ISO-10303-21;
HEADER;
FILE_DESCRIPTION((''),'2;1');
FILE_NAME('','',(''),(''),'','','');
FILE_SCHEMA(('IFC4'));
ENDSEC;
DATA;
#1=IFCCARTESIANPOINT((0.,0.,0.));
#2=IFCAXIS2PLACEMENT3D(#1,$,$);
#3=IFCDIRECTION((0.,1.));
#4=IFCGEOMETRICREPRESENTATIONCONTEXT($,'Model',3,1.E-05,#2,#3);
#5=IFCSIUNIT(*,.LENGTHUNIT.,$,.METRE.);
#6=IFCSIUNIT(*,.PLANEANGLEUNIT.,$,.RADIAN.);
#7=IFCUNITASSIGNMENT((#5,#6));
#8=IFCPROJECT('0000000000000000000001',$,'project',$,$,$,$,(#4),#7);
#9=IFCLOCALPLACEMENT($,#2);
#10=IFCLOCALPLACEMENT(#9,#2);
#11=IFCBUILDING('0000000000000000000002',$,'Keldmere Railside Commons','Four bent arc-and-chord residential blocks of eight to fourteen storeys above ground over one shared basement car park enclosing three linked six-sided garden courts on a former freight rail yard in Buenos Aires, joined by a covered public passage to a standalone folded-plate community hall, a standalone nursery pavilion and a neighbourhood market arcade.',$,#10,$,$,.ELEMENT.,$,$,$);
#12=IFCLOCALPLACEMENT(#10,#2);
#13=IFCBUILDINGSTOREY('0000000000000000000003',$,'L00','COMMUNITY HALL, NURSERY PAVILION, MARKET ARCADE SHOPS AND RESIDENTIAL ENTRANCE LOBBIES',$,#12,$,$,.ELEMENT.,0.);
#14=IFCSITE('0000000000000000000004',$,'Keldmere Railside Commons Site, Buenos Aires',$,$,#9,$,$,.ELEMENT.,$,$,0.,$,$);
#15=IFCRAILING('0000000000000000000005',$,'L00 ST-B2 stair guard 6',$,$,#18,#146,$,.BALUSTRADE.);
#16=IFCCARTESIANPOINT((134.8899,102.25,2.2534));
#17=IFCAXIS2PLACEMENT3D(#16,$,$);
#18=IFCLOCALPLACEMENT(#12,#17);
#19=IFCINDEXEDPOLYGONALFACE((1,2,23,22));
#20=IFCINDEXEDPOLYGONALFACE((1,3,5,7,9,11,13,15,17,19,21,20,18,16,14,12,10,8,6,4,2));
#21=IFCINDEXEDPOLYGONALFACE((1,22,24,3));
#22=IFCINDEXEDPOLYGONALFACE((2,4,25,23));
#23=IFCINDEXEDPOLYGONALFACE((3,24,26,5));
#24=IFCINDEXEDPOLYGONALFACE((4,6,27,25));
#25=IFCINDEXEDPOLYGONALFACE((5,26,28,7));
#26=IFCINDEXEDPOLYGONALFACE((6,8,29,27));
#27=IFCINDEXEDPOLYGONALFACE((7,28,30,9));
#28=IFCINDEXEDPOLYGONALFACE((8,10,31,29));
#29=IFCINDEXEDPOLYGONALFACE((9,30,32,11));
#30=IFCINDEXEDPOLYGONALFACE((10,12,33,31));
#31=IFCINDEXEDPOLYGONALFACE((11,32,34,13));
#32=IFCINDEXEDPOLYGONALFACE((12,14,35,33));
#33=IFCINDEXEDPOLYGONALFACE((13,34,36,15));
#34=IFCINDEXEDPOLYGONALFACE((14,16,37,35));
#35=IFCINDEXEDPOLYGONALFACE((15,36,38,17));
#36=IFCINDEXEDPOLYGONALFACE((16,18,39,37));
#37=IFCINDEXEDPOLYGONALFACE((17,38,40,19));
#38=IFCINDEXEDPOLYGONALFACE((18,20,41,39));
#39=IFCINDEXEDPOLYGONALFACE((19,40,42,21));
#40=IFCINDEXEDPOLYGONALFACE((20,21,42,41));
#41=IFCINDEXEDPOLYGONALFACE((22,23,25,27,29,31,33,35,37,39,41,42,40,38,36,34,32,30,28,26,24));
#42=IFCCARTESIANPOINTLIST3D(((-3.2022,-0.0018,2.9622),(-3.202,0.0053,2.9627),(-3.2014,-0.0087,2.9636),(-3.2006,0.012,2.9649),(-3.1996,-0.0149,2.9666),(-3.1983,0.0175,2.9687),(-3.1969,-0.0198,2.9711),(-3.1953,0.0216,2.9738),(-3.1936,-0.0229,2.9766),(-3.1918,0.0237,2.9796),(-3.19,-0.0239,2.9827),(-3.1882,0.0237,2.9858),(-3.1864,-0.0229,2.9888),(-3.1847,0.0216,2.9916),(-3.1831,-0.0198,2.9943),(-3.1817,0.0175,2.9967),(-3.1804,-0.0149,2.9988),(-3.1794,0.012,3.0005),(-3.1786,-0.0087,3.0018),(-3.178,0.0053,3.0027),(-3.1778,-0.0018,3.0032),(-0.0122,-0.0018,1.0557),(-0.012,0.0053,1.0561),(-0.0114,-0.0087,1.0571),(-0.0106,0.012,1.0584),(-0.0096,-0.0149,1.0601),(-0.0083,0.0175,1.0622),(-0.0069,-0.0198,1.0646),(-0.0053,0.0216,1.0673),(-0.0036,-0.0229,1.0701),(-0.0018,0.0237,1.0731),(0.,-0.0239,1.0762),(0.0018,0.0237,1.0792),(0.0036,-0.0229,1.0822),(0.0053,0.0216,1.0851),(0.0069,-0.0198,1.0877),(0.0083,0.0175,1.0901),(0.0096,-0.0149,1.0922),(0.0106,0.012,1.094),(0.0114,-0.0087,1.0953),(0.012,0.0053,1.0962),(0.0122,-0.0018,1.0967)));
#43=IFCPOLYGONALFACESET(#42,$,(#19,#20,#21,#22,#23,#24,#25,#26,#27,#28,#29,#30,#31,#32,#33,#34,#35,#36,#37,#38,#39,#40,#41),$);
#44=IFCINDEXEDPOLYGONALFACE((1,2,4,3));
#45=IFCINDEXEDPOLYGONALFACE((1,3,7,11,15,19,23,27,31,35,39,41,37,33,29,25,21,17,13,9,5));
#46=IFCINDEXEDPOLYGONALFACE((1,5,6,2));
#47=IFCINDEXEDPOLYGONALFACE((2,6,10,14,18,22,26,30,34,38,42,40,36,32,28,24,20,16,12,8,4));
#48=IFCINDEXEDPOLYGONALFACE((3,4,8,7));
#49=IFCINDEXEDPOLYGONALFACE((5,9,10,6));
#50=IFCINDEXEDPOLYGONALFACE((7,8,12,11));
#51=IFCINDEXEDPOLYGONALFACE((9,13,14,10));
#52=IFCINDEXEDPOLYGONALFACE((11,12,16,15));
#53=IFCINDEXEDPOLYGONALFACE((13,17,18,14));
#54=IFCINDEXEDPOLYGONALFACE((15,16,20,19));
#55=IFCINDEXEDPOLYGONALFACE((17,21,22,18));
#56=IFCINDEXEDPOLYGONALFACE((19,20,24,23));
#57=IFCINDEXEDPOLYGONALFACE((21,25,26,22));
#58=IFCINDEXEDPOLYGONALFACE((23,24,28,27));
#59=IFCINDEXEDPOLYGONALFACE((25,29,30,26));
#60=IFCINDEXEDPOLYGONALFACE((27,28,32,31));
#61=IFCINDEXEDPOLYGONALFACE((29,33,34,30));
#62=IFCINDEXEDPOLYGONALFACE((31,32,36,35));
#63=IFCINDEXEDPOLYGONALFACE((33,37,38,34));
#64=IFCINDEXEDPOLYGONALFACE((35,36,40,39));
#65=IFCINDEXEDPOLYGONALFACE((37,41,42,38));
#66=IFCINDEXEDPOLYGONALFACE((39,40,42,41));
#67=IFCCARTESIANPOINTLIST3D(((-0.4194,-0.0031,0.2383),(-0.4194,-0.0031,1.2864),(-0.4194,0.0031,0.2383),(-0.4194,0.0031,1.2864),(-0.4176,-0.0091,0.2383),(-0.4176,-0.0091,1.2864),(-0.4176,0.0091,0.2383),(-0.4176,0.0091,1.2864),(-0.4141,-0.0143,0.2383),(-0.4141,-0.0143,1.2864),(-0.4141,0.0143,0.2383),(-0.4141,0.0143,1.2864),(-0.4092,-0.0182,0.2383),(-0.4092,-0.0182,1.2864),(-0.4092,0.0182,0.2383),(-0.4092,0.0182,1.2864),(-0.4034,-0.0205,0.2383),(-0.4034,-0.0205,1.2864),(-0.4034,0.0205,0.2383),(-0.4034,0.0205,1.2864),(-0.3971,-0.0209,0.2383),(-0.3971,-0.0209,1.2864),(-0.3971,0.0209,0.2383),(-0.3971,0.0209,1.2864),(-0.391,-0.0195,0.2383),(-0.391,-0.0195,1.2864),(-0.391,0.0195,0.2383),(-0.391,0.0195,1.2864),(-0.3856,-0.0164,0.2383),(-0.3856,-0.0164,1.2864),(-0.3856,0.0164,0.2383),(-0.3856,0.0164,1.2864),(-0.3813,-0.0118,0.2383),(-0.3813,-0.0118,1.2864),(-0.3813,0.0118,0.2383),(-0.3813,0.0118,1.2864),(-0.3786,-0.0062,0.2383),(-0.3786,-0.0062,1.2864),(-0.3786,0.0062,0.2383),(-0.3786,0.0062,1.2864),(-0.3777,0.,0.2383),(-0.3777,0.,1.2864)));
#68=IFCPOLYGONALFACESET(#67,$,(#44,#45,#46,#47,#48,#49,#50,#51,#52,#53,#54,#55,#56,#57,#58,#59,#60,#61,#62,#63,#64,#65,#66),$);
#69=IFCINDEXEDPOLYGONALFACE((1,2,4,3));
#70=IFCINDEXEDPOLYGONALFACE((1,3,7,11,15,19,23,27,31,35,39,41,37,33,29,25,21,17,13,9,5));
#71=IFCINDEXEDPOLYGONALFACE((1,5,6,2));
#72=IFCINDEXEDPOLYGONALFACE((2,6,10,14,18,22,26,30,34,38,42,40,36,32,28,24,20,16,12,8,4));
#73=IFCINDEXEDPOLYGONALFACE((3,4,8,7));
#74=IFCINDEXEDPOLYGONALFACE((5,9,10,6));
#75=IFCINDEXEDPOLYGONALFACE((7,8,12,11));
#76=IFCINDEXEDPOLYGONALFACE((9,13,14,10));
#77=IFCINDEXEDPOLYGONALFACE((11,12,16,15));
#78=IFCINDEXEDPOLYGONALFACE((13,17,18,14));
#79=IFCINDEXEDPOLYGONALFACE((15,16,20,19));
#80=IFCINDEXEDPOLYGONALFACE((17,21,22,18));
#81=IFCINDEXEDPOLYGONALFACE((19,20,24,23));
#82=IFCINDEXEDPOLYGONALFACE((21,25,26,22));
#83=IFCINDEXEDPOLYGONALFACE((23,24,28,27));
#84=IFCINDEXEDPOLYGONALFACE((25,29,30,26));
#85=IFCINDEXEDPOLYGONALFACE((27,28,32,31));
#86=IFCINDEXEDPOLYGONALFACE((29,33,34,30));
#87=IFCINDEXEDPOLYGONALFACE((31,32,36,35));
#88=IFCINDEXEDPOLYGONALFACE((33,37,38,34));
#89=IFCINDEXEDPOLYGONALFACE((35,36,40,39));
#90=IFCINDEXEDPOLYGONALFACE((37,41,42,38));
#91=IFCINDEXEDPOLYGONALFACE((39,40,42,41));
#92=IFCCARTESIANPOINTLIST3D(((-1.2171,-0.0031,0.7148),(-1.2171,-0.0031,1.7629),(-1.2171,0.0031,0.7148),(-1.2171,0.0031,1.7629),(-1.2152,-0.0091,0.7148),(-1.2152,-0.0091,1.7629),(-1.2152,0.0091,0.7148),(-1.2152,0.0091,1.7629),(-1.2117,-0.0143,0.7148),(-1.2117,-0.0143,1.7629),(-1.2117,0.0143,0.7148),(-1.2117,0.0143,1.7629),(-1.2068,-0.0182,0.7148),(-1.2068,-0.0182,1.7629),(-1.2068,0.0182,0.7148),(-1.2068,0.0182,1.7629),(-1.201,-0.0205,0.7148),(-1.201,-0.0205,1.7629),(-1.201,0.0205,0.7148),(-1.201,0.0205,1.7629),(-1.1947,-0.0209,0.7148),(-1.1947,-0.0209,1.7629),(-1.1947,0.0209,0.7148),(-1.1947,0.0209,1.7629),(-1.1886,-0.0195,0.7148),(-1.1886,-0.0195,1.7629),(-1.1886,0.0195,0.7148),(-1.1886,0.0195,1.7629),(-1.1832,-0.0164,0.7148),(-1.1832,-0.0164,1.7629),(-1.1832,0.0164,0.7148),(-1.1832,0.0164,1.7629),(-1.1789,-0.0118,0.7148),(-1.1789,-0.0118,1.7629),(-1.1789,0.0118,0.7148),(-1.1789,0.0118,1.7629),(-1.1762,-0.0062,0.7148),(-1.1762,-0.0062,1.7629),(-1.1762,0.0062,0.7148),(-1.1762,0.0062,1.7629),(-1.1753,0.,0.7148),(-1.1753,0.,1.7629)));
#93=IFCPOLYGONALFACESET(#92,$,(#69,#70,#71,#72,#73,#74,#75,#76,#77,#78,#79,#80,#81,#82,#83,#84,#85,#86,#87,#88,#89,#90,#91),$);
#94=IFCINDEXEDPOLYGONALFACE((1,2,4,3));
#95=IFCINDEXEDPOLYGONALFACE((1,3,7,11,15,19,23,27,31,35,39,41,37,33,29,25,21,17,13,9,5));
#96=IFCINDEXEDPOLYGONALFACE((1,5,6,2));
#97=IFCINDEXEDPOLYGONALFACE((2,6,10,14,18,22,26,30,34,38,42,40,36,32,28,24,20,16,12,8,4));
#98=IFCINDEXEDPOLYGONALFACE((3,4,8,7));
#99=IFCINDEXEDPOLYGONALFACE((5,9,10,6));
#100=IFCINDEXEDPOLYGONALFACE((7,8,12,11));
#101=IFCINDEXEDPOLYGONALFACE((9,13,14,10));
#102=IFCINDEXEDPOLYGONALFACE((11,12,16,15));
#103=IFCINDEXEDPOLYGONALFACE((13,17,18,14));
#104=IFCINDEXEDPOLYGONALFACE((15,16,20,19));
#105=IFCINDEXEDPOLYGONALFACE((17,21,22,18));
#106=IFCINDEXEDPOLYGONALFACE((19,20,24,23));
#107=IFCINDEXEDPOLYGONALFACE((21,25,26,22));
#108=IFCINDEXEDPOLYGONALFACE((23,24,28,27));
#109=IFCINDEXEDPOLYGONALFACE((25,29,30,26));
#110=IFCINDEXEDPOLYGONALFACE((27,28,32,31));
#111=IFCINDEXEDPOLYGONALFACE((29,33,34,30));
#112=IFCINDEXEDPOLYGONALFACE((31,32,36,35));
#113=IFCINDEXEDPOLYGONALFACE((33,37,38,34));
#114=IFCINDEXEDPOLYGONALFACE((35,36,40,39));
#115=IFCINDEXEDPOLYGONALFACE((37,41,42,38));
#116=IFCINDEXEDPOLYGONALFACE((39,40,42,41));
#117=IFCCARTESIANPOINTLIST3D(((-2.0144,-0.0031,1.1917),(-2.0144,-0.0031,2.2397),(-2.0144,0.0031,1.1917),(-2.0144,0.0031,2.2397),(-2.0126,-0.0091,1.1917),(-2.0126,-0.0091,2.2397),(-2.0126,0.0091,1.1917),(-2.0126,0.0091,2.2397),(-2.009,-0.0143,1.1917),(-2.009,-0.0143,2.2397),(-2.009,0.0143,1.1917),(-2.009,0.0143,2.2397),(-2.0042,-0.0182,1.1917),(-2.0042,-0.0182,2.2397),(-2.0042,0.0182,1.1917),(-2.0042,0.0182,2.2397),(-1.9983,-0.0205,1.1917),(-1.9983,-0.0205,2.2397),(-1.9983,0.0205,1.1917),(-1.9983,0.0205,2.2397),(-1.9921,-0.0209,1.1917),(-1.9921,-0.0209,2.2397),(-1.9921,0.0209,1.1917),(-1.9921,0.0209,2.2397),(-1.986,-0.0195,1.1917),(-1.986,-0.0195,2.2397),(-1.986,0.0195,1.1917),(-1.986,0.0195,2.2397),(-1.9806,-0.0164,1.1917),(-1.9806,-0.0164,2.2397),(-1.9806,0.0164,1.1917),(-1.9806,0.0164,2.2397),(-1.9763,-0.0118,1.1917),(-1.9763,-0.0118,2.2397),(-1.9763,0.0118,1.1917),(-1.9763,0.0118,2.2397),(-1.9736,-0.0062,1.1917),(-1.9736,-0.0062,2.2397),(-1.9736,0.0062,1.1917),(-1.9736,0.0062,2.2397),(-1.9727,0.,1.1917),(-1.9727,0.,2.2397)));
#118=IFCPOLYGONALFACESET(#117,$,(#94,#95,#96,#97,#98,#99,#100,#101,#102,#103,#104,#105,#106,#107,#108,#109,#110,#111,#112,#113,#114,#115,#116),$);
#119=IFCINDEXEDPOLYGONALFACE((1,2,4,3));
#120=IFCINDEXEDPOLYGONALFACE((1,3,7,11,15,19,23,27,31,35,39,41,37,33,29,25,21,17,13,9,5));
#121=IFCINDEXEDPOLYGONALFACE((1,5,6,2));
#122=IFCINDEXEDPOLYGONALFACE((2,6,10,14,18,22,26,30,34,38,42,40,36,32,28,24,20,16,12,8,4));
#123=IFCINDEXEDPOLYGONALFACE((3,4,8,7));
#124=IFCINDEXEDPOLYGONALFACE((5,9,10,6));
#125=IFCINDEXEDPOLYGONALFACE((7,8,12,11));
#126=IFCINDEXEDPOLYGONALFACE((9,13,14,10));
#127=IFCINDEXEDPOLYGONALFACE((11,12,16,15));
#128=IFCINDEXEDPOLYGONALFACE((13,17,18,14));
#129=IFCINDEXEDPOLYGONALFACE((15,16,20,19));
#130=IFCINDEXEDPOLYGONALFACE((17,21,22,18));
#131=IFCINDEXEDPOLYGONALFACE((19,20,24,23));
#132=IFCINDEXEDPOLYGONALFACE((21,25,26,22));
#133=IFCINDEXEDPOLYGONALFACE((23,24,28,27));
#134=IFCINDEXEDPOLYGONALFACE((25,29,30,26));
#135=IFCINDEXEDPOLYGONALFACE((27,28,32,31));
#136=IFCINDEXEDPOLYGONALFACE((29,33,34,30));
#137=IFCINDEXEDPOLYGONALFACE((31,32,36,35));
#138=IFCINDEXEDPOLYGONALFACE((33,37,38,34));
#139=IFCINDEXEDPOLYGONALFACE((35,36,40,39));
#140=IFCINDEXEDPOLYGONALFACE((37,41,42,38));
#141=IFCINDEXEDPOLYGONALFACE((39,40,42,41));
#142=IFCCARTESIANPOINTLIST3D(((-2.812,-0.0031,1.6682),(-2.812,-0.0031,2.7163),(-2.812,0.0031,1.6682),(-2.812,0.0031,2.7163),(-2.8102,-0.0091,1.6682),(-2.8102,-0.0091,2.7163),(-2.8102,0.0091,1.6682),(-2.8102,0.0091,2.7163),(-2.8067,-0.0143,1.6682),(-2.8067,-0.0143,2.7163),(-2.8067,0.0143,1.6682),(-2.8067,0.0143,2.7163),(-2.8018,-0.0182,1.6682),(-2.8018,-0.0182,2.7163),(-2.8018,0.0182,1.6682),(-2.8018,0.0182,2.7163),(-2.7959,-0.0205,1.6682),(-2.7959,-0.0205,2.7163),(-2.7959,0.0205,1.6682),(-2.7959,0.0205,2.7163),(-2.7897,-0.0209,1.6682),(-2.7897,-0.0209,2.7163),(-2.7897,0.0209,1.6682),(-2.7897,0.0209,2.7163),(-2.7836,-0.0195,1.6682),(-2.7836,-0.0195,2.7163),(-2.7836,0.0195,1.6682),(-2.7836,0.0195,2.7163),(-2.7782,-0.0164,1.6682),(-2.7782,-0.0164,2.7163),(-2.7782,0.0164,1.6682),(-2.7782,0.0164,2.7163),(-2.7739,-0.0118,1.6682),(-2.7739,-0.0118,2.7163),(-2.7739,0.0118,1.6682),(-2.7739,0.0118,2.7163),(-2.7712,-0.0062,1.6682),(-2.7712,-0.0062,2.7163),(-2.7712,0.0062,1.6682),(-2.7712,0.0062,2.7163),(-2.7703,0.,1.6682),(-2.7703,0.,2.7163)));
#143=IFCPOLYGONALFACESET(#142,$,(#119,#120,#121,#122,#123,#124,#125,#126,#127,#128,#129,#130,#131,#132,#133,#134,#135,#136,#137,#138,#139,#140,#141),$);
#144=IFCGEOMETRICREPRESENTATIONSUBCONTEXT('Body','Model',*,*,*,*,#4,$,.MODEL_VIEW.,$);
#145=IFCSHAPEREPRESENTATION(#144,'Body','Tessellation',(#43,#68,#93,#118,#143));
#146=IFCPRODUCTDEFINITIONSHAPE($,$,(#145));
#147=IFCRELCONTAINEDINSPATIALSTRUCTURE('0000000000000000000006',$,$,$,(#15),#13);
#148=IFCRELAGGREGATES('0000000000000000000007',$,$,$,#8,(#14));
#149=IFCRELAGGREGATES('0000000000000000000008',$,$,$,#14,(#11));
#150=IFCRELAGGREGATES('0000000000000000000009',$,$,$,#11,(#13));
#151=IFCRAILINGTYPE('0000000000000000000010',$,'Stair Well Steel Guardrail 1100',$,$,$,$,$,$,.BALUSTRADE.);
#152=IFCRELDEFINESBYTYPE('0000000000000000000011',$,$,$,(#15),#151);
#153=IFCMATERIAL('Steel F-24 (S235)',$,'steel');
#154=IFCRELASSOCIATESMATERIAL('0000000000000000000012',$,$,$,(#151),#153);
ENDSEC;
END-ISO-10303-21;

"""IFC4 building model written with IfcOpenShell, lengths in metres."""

from ifc_helpers import new_model, si_unit, direction, frame, origin, origin_2d, place, context, subcontext, project, spatial, circle, extrude, material, type_object, element, save


model = new_model("IFC4")

# Units and contexts
model_context = context("Model", 3, precision=1e-05, world=origin(), true_north=direction((0.0, 1.0)))
body_context = subcontext(model_context, "Body", "Model", "MODEL_VIEW")
ifc_project = project(units=[si_unit("LENGTHUNIT", "METRE"), si_unit("PLANEANGLEUNIT", "RADIAN")], contexts=[model_context])

# Site, building, storey
site_placement = place(None, origin())
site = spatial("IfcSite", under=ifc_project, at=site_placement, Name="Keldmere Railside Commons Site, Buenos Aires", CompositionType="ELEMENT", RefElevation=0.0)
building_placement = place(site_placement, origin())
building = spatial("IfcBuilding", under=site, at=building_placement, Name="Keldmere Railside Commons", Description="Four bent arc-and-chord residential blocks of eight to fourteen storeys above ground over one shared basement car park enclosing three linked six-sided garden courts on a former freight rail yard in Buenos Aires, joined by a covered public passage to a standalone folded-plate community hall, a standalone nursery pavilion and a neighbourhood market arcade.", CompositionType="ELEMENT")
storey_placement = place(building_placement, origin())
storey = spatial("IfcBuildingStorey", under=building, at=storey_placement, Name="L00", Description="COMMUNITY HALL, NURSERY PAVILION, MARKET ARCADE SHOPS AND RESIDENTIAL ENTRANCE LOBBIES", CompositionType="ELEMENT", Elevation=0.0)

# Railing
ifc_material_1 = material(Name="Steel F-24 (S235)", Category="steel")
railing_type_1 = type_object("IfcRailingType", Name="Stair Well Steel Guardrail 1100", PredefinedType="BALUSTRADE", material=ifc_material_1)
railing_1_placement = place(storey_placement, frame((134.8899, 102.25, 2.2534)))
element("IfcRailing", 1, at=railing_1_placement, inside=storey, type_object=railing_type_1, Name="L00 ST-B2 stair guard 6", PredefinedType="BALUSTRADE", context=body_context, shape_type="SweptSolid", body=[
    extrude(circle(Radius=0.0239, at=origin_2d()), frame((0.0, 0.0, 1.0762), z_axis=(-0.858379, 0.0, 0.513017), x_axis=(0.0, -1.0, 0.0)), (0.0, 0.0, 1.0), 3.7163),
    extrude(circle(Radius=0.021, at=origin_2d()), frame((-0.3987, 0.0, 0.2383)), (0.0, 0.0, 1.0), 1.0481),
    extrude(circle(Radius=0.021, at=origin_2d()), frame((-1.1963, 0.0, 0.7148)), (0.0, 0.0, 1.0), 1.0481),
    extrude(circle(Radius=0.021, at=origin_2d()), frame((-1.9937, 0.0, 1.1917)), (0.0, 0.0, 1.0), 1.0481),
    extrude(circle(Radius=0.021, at=origin_2d()), frame((-2.7913, 0.0, 1.6682)), (0.0, 0.0, 1.0), 1.0481),
])

save(model, "model.ifc")
